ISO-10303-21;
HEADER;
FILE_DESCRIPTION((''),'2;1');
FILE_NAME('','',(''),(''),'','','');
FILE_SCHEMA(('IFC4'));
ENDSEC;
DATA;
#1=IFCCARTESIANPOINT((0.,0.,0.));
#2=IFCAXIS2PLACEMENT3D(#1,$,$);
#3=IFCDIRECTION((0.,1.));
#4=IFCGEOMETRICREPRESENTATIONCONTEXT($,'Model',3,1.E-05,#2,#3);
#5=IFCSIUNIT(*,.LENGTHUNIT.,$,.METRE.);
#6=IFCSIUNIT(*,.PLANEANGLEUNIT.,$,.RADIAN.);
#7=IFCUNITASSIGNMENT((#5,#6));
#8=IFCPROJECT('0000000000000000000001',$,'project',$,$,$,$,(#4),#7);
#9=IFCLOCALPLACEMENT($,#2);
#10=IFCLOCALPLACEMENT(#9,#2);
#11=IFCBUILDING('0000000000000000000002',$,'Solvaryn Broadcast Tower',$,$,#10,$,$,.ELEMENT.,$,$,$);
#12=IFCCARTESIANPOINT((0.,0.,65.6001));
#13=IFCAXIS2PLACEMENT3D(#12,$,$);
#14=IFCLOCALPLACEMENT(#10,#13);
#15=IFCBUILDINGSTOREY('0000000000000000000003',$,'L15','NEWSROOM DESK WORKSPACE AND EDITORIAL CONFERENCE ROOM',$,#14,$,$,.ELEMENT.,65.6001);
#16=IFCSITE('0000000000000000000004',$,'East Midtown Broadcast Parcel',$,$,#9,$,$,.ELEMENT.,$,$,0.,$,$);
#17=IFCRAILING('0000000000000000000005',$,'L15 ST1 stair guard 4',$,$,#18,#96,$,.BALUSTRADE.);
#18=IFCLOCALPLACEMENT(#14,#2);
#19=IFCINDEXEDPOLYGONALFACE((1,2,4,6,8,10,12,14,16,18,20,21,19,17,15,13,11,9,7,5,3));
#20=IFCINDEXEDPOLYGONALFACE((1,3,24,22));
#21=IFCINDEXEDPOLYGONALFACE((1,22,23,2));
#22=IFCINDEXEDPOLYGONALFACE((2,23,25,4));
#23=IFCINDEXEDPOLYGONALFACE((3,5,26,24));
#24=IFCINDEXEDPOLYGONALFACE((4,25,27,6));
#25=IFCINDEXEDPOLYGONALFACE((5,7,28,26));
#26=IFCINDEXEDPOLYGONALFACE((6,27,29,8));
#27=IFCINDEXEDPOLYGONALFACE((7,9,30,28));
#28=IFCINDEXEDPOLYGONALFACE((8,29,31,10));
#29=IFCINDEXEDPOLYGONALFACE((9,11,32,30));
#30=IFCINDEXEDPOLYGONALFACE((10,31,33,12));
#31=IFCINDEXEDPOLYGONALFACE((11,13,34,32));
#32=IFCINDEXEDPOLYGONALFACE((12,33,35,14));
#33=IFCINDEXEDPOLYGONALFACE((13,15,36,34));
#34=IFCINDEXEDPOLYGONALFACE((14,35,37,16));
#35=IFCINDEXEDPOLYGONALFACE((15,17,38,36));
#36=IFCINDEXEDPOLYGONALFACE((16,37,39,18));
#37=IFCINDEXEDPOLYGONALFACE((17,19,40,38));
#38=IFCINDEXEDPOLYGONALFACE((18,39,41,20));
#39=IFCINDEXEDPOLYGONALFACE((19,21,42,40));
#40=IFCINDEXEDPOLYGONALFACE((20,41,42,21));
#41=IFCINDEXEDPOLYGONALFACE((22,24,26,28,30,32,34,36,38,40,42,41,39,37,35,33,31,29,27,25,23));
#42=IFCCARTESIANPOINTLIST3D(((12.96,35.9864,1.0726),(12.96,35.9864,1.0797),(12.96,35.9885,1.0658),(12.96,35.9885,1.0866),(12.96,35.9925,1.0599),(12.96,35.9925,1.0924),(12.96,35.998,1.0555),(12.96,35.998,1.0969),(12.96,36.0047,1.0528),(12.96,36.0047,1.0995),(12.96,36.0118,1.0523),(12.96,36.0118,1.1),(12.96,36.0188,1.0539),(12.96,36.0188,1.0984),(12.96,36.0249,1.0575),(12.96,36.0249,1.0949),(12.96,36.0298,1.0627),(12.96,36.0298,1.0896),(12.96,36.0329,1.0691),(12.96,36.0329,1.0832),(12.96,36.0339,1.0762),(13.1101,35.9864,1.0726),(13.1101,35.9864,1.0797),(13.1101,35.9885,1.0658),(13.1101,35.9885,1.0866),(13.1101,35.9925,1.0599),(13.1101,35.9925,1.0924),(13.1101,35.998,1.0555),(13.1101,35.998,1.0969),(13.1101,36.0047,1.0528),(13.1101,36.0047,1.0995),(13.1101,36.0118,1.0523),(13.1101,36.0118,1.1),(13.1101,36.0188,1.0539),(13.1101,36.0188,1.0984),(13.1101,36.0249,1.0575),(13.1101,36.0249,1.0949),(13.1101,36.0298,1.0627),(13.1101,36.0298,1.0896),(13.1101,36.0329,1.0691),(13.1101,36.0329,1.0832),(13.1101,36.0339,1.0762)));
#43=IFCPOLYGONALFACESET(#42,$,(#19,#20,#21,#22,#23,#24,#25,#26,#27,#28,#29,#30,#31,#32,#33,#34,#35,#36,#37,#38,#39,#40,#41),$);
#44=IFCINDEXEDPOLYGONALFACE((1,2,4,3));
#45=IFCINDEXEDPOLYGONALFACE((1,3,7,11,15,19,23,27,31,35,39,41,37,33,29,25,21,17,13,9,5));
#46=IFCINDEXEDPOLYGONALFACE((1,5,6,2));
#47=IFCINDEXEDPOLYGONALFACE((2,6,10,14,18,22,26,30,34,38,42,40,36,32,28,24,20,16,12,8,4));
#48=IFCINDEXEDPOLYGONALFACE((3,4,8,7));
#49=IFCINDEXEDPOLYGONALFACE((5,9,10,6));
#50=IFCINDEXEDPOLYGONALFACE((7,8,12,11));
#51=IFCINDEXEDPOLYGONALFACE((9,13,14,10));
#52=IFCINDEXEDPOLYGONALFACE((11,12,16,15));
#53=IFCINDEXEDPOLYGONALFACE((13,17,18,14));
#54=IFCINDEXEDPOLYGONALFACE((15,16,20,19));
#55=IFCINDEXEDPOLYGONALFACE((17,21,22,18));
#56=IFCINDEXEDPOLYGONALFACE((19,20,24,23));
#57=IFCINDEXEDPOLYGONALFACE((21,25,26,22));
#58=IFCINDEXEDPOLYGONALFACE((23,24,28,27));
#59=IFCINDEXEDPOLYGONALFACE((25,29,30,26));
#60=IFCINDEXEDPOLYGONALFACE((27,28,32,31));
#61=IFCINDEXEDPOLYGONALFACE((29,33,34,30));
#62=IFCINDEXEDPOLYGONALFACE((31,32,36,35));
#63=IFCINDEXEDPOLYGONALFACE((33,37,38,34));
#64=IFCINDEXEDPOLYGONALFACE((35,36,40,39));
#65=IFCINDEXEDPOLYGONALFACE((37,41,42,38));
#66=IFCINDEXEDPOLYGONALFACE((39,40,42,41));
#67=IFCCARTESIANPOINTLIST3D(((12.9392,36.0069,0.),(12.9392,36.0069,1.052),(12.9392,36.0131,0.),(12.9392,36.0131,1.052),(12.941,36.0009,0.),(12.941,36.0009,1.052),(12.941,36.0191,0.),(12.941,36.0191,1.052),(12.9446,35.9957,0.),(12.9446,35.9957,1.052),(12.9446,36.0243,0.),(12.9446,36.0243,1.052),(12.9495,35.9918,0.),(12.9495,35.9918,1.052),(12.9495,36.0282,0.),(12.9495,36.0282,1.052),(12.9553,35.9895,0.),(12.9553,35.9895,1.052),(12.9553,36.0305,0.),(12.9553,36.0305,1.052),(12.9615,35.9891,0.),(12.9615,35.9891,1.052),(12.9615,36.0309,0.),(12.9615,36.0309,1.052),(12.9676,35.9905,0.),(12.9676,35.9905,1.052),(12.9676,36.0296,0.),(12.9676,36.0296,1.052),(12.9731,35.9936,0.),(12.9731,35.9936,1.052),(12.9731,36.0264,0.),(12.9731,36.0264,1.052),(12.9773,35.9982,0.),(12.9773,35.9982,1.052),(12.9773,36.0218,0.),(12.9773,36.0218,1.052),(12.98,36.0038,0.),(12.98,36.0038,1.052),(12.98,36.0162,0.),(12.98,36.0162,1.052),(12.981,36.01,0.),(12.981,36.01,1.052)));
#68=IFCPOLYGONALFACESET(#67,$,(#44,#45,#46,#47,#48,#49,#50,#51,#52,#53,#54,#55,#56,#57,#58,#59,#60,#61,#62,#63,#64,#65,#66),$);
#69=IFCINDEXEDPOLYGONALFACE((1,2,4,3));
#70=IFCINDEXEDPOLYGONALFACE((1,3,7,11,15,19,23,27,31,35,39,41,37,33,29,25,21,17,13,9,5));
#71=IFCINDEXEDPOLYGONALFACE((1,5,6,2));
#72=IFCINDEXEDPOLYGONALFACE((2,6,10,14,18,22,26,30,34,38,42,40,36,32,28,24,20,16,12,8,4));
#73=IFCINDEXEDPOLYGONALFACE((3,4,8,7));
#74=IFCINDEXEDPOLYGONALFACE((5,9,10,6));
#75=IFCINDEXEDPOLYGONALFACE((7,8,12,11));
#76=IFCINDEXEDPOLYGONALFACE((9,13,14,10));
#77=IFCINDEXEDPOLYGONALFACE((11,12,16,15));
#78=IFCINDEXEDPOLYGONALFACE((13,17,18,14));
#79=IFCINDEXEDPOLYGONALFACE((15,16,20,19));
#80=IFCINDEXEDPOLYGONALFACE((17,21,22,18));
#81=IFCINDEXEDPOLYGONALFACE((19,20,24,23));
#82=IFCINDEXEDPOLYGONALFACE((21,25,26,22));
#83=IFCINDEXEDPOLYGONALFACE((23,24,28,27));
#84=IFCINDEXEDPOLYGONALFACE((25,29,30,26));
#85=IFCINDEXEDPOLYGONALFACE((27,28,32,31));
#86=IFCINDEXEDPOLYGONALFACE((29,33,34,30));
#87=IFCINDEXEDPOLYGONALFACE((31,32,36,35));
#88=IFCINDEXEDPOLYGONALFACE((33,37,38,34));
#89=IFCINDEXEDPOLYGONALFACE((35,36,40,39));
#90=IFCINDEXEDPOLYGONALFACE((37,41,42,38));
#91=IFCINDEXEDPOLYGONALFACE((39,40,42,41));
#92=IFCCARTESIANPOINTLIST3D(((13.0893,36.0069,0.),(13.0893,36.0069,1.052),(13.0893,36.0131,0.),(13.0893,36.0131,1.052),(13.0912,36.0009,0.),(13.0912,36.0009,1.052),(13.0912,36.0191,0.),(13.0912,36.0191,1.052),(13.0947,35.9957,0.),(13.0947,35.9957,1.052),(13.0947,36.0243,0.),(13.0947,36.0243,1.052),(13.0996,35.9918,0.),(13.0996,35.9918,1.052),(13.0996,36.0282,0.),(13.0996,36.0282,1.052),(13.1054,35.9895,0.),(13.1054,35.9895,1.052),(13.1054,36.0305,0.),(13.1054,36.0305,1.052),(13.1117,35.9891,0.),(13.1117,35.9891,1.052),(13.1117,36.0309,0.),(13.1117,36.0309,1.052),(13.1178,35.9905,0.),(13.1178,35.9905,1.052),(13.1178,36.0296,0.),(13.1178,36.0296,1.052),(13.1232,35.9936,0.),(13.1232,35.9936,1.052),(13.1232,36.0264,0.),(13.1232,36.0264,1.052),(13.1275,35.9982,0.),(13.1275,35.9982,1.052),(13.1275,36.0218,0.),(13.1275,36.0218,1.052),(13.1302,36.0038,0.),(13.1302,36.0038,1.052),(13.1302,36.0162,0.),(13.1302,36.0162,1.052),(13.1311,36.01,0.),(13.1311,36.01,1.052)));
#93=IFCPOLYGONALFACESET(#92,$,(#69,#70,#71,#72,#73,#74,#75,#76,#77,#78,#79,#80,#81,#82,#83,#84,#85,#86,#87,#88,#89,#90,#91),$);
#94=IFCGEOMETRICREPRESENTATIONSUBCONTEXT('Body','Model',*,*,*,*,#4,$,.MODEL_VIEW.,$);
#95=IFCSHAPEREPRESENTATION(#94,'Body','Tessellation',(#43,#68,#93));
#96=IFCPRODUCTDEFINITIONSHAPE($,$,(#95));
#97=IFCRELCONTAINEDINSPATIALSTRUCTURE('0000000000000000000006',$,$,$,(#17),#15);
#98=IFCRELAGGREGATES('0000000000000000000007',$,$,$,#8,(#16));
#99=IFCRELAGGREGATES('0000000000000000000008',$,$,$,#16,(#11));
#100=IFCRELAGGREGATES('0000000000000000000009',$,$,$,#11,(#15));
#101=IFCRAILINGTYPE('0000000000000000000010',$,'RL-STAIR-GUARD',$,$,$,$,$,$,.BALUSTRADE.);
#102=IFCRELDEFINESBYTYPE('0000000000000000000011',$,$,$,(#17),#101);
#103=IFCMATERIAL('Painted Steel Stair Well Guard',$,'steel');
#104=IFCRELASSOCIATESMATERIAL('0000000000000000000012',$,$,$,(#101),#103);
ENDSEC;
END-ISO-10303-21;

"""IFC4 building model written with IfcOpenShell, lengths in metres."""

from ifc_helpers import new_model, si_unit, direction, frame, origin, origin_2d, place, context, subcontext, project, spatial, circle, extrude, material, type_object, element, save


model = new_model("IFC4")

# Units and contexts
model_context = context("Model", 3, precision=1e-05, world=origin(), true_north=direction((0.0, 1.0)))
body_context = subcontext(model_context, "Body", "Model", "MODEL_VIEW")
ifc_project = project(units=[si_unit("LENGTHUNIT", "METRE"), si_unit("PLANEANGLEUNIT", "RADIAN")], contexts=[model_context])

# Site, building, storey
site_placement = place(None, origin())
site = spatial("IfcSite", under=ifc_project, at=site_placement, Name="East Midtown Broadcast Parcel", CompositionType="ELEMENT", RefElevation=0.0)
building_placement = place(site_placement, origin())
building = spatial("IfcBuilding", under=site, at=building_placement, Name="Solvaryn Broadcast Tower", CompositionType="ELEMENT")
storey_placement = place(building_placement, frame((0.0, 0.0, 65.6001)))
storey = spatial("IfcBuildingStorey", under=building, at=storey_placement, Name="L15", Description="NEWSROOM DESK WORKSPACE AND EDITORIAL CONFERENCE ROOM", CompositionType="ELEMENT", Elevation=65.6001)

# Railing
ifc_material_1 = material(Name="Painted Steel Stair Well Guard", Category="steel")
railing_type_1 = type_object("IfcRailingType", Name="RL-STAIR-GUARD", PredefinedType="BALUSTRADE", material=ifc_material_1)
railing_1_placement = place(storey_placement, frame((12.96, 36.01, 0.0)))
element("IfcRailing", 1, at=railing_1_placement, inside=storey, type_object=railing_type_1, Name="L15 ST1 stair guard 4", PredefinedType="BALUSTRADE", context=body_context, shape_type="SweptSolid", body=[
    extrude(circle(Radius=0.0239, at=origin_2d()), frame((0.0, 0.0, 1.0762), z_axis=(1.0, 0.0, 0.0), x_axis=(0.0, 1.0, 0.0)), (0.0, 0.0, 1.0), 0.1501),
    extrude(circle(Radius=0.021, at=origin_2d()), origin(), (0.0, 0.0, 1.0), 1.052),
    extrude(circle(Radius=0.021, at=origin_2d()), frame((0.1501, 0.0, 0.0)), (0.0, 0.0, 1.0), 1.052),
])

save(model, "model.ifc")
